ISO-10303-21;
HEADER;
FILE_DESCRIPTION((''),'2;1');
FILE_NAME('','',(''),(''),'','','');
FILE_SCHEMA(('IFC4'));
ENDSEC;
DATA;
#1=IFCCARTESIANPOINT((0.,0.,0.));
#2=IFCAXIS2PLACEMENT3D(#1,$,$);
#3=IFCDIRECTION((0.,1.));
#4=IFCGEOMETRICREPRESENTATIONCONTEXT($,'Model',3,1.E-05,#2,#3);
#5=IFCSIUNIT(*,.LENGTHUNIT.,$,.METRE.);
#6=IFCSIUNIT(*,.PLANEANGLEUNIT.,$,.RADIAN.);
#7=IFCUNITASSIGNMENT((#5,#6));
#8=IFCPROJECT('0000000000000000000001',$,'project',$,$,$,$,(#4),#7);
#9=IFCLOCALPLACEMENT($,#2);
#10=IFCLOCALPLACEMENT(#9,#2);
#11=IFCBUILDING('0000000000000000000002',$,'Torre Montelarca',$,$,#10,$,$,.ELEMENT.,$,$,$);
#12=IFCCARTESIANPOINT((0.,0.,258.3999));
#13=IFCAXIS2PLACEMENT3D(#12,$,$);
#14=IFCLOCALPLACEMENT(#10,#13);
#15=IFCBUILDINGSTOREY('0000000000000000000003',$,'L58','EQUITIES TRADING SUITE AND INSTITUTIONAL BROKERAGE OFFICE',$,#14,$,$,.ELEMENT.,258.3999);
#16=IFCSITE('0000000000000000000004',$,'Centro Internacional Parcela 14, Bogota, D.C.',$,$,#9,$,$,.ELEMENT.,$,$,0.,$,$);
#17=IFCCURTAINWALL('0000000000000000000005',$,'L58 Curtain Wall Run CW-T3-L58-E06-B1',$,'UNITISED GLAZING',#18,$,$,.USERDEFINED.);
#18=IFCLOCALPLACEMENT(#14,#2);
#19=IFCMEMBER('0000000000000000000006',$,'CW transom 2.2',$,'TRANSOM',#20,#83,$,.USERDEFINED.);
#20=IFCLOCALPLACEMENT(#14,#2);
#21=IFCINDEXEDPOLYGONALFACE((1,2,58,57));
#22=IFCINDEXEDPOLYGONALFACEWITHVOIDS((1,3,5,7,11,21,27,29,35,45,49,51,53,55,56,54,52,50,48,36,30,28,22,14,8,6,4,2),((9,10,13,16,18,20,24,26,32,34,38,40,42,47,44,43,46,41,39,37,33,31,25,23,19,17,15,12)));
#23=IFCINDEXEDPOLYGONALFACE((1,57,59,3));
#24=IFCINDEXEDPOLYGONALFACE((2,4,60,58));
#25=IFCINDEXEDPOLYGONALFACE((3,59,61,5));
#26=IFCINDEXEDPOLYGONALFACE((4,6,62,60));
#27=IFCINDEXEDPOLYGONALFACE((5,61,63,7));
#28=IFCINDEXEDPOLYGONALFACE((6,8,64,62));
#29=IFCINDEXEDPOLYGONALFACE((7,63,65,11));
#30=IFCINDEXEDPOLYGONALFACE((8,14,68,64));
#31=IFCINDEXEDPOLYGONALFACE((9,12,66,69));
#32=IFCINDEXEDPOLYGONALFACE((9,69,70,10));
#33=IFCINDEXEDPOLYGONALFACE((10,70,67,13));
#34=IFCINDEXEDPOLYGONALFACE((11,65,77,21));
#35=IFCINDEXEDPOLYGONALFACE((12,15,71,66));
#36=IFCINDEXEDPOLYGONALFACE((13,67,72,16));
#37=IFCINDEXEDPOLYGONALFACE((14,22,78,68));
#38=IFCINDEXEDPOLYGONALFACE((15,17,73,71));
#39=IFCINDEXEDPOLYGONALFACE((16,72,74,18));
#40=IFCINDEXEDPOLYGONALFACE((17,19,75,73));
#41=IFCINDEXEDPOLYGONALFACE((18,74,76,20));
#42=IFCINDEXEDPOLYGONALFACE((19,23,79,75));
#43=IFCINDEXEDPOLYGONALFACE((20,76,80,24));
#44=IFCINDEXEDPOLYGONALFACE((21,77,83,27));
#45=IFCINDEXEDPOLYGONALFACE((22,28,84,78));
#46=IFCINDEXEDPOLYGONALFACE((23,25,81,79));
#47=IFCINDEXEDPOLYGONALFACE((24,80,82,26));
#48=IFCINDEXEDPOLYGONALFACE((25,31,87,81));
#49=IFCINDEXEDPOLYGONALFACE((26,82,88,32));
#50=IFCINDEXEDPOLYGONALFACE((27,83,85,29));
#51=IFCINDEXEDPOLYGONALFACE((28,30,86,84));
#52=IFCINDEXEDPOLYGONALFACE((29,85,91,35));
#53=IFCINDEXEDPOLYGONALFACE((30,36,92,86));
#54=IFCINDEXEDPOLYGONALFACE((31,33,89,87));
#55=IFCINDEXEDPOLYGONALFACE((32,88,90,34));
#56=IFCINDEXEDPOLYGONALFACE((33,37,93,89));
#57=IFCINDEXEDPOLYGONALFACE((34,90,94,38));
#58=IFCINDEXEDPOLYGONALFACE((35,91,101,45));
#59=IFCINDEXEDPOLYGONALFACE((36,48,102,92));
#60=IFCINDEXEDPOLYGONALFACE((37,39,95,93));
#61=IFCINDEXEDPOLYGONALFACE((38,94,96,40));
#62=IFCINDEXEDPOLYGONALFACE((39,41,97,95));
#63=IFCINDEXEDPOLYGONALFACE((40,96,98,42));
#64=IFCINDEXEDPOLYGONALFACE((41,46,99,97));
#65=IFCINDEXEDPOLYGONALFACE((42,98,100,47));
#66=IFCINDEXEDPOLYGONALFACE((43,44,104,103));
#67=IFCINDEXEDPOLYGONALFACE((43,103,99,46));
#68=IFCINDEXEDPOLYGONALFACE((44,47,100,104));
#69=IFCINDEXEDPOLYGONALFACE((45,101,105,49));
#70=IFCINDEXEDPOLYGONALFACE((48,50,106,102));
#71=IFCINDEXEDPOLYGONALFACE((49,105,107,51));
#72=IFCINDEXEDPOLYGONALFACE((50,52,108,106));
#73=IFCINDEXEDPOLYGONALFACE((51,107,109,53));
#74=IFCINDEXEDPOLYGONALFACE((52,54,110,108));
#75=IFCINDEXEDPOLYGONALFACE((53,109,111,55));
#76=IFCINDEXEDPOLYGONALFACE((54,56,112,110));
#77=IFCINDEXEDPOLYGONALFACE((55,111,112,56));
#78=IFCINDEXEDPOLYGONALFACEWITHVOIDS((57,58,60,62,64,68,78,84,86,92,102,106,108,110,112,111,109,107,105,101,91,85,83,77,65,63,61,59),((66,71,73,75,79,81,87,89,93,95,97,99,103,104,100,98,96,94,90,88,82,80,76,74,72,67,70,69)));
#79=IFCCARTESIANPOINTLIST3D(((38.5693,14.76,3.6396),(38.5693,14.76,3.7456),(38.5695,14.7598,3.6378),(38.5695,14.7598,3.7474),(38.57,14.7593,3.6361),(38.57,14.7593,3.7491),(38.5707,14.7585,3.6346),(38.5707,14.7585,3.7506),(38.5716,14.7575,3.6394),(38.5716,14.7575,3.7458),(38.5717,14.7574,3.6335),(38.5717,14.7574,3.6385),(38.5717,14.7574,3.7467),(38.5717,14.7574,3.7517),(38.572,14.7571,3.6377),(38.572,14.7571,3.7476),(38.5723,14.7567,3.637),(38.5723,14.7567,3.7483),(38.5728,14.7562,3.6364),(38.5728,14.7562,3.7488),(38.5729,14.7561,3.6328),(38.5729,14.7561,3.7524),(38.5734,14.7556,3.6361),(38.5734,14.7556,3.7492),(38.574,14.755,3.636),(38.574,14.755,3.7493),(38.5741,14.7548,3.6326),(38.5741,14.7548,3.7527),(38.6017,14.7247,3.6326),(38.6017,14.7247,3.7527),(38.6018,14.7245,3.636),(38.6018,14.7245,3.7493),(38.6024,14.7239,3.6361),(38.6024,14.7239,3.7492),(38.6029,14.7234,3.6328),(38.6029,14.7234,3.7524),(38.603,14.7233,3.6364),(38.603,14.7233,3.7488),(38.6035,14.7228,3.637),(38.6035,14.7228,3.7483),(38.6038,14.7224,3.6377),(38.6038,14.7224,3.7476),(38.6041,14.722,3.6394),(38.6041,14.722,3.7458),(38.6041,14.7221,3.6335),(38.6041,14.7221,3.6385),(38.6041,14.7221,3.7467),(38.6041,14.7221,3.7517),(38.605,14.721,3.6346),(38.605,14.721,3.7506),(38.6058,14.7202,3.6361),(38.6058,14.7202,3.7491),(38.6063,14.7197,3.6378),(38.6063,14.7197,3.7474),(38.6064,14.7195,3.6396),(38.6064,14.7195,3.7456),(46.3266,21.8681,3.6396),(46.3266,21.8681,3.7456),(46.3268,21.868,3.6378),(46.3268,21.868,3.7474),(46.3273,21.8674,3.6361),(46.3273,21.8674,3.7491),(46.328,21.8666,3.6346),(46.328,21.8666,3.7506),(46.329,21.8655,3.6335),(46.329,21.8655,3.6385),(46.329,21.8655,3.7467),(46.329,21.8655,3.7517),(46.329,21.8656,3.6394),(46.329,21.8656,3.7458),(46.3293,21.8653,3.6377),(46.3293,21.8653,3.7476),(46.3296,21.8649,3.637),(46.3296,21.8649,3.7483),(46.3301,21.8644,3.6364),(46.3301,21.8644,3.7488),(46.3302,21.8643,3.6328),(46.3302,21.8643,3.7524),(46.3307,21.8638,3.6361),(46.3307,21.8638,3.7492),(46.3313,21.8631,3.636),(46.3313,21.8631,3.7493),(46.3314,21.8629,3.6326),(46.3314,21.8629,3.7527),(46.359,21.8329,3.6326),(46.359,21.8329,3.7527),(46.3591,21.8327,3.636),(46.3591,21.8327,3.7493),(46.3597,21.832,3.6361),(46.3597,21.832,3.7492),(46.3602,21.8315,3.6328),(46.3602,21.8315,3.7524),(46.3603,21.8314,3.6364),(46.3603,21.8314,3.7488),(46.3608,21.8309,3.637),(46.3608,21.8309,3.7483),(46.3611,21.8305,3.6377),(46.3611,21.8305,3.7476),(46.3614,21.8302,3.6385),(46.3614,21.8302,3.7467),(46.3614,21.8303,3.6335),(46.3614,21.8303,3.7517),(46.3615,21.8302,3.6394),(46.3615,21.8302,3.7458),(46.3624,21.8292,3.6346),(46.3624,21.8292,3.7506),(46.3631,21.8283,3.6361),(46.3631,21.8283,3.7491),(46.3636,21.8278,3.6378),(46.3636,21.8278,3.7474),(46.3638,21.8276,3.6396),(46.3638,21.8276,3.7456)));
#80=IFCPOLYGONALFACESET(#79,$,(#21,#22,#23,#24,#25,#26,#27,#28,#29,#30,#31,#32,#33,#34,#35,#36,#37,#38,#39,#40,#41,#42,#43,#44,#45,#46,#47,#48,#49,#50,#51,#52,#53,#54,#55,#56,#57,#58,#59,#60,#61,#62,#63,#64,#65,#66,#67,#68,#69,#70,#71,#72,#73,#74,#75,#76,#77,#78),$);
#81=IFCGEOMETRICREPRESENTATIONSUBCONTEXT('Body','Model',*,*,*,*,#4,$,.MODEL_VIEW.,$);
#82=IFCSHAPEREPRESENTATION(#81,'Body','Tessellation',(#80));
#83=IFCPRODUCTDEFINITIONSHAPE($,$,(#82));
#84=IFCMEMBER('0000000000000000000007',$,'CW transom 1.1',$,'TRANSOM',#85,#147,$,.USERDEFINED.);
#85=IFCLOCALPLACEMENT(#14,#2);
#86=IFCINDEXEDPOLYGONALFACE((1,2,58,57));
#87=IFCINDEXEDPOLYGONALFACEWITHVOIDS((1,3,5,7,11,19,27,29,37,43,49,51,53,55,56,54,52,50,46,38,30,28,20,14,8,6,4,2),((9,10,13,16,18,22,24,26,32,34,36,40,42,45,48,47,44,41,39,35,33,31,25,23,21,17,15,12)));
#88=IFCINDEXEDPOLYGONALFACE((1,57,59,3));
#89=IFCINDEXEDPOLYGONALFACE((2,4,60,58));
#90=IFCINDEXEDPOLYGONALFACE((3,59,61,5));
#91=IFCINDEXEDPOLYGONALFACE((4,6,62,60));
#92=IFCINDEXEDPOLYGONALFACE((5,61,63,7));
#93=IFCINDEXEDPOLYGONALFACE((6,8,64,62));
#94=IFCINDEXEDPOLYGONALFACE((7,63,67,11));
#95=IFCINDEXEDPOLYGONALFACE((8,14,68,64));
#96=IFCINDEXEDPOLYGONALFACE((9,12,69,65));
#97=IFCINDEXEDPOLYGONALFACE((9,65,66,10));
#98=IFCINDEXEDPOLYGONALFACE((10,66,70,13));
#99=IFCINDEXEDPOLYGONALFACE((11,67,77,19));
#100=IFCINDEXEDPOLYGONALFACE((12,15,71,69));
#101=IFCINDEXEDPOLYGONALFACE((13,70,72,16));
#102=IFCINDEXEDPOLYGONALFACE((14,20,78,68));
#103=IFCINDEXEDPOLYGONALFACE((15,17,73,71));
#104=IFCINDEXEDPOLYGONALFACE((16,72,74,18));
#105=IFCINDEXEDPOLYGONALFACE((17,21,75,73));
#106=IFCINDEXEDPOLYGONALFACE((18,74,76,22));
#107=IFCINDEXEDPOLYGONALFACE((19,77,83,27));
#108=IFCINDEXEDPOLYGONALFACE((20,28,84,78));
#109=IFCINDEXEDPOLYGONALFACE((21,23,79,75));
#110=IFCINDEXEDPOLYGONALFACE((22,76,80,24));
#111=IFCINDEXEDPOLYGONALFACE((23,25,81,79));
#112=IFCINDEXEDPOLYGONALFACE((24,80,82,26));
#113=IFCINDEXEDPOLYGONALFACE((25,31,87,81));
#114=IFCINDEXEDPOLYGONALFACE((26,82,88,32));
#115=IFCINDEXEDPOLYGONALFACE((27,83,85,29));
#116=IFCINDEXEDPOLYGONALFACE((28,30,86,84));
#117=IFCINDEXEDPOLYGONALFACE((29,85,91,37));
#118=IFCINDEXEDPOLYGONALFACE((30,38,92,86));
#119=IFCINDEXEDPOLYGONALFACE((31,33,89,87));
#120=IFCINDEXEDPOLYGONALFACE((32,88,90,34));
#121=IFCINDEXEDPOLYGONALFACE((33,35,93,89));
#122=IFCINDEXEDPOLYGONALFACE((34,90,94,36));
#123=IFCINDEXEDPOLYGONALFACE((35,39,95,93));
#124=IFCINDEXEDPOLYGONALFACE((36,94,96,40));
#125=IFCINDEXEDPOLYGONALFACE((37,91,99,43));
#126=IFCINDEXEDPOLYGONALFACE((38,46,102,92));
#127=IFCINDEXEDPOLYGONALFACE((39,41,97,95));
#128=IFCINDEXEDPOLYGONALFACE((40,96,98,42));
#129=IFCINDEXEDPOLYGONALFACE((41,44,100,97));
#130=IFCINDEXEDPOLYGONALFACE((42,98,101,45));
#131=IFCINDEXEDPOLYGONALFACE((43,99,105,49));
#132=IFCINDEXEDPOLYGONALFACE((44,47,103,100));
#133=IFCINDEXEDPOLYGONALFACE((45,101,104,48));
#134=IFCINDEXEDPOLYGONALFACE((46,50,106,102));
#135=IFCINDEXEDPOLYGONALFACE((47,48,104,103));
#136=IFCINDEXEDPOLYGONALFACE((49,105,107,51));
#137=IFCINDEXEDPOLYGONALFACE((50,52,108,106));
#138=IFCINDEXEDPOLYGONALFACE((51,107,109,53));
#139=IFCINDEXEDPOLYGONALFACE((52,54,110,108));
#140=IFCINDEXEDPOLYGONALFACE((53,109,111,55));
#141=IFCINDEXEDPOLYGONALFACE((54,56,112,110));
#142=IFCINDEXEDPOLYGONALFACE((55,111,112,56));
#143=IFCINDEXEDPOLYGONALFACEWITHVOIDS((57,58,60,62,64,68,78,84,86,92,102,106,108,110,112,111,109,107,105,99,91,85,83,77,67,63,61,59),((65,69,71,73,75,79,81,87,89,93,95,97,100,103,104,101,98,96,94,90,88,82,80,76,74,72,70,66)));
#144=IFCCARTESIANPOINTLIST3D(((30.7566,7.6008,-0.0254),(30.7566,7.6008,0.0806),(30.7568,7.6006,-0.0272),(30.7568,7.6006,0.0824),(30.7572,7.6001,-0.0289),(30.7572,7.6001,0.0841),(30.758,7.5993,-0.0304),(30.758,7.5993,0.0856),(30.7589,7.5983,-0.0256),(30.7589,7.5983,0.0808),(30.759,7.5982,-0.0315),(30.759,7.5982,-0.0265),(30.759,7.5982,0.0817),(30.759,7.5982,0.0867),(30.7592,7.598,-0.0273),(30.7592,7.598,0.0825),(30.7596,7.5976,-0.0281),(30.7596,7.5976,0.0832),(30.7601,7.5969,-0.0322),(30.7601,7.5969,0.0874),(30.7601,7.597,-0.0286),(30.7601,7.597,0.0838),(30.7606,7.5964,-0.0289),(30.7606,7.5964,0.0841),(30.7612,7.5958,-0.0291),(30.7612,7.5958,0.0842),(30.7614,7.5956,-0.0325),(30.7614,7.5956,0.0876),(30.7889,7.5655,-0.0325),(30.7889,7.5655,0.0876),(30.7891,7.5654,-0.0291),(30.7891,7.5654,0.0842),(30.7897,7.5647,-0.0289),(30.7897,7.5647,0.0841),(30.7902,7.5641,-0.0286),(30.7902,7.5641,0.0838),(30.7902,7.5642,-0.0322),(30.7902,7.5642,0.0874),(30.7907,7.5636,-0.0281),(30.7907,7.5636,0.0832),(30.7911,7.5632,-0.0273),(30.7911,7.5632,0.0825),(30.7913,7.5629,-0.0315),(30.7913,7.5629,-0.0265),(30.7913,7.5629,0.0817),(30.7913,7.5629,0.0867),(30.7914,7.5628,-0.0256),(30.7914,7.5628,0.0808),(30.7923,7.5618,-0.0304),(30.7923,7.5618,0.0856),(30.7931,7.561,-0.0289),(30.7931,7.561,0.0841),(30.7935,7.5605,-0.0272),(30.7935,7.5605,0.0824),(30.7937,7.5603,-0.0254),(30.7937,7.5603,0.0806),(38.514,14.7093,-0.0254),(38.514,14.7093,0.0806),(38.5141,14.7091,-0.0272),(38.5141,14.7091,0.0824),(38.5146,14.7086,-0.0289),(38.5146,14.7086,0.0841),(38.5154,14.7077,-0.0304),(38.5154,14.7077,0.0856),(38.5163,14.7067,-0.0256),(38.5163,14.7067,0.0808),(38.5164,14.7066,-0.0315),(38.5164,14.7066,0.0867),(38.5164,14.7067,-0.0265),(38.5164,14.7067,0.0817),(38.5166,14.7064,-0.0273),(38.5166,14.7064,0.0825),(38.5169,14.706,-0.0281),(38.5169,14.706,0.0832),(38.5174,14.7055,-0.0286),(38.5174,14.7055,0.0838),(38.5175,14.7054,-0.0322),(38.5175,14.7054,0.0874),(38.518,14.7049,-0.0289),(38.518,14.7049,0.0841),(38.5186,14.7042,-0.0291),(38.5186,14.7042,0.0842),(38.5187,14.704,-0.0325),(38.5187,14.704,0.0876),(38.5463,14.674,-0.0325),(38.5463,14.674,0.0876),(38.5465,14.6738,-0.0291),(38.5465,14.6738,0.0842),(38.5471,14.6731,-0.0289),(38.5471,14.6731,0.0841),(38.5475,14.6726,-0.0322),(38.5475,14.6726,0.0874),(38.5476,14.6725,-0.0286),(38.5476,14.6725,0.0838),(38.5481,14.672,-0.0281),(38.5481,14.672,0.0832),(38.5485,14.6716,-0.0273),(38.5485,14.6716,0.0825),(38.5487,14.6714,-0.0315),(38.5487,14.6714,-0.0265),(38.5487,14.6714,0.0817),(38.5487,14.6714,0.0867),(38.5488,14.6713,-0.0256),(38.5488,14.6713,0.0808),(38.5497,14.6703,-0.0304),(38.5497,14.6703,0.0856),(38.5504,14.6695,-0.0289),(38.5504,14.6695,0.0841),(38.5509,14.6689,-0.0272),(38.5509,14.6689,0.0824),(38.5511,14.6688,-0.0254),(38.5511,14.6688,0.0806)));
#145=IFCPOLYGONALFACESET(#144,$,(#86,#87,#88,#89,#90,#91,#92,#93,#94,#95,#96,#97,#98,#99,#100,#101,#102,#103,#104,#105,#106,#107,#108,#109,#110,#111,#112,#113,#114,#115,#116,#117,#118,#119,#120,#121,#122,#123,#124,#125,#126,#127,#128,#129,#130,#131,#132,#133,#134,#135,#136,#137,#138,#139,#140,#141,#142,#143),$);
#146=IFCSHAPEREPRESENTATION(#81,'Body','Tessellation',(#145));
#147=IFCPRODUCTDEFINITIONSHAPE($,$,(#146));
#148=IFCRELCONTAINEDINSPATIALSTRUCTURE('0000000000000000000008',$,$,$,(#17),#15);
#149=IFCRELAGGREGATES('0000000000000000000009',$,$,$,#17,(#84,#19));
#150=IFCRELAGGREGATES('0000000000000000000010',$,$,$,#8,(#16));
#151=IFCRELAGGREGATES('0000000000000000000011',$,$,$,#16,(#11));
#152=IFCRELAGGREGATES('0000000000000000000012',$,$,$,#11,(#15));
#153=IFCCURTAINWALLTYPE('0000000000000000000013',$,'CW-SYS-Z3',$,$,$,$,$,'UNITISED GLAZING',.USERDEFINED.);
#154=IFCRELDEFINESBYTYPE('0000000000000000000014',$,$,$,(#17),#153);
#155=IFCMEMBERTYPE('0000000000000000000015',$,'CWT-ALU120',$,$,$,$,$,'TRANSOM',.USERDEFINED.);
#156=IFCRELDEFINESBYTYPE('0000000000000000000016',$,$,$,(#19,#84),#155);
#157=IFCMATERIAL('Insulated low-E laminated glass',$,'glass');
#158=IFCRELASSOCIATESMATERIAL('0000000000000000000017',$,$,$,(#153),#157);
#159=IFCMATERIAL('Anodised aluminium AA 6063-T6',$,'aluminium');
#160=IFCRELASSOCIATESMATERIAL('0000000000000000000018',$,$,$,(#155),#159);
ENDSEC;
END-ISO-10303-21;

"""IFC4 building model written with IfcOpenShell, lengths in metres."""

from ifc_helpers import new_model, si_unit, direction, frame, origin, origin_2d, place, context, subcontext, project, spatial, hollow_rectangle, extrude, source, transform, mapped, material, material_profile, profile_set, type_object, element, aggregate, save


model = new_model("IFC4")

# Units and contexts
model_context = context("Model", 3, precision=1e-05, world=origin(), true_north=direction((0.0, 1.0)))
body_context = subcontext(model_context, "Body", "Model", "MODEL_VIEW")
ifc_project = project(units=[si_unit("LENGTHUNIT", "METRE"), si_unit("PLANEANGLEUNIT", "RADIAN")], contexts=[model_context])

# Site, building, storey
site_placement = place(None, origin())
site = spatial("IfcSite", under=ifc_project, at=site_placement, Name="Centro Internacional Parcela 14, Bogota, D.C.", CompositionType="ELEMENT", RefElevation=0.0)
building_placement = place(site_placement, origin())
building = spatial("IfcBuilding", under=site, at=building_placement, Name="Torre Montelarca", CompositionType="ELEMENT")
storey_placement = place(building_placement, frame((0.0, 0.0, 258.3999)))
storey = spatial("IfcBuildingStorey", under=building, at=storey_placement, Name="L58", Description="EQUITIES TRADING SUITE AND INSTITUTIONAL BROKERAGE OFFICE", CompositionType="ELEMENT", Elevation=258.3999)

# Curtain wall, members
ifc_material_1 = material(Name="Insulated low-E laminated glass", Category="glass")
curtain_wall_type = type_object("IfcCurtainWallType", Name="CW-SYS-Z3", ElementType="UNITISED GLAZING", PredefinedType="USERDEFINED", material=ifc_material_1)
ifc_material_2 = material(Name="Anodised aluminium AA 6063-T6", Category="aluminium")
ifc_material_profile_1 = material_profile(ifc_material_2, hollow_rectangle(XDim=0.0549, YDim=0.1201, WallThickness=0.0034, InnerFilletRadius=0.0034, OuterFilletRadius=0.0071, at=origin_2d()), Name="ALU55X120X3.5", Category="aluminium")
ifc_profile_set_1 = profile_set([ifc_material_profile_1], Name="Anodised aluminium AA 6063-T6")
member_type_1 = type_object("IfcMemberType", Name="CWT-ALU120", ElementType="TRANSOM", PredefinedType="USERDEFINED", material=ifc_profile_set_1)
curtain_wall_1_placement = place(storey_placement, origin())
curtain_wall_1 = element("IfcCurtainWall", 1, at=curtain_wall_1_placement, inside=storey, type_object=curtain_wall_type, Name="L58 Curtain Wall Run CW-T3-L58-E06-B1", ObjectType="UNITISED GLAZING", PredefinedType="USERDEFINED")
shared_shape_1 = source(origin(), body_context, "Body", "SweptSolid", [
    extrude(hollow_rectangle(XDim=0.0549, YDim=0.1201, WallThickness=0.0034, InnerFilletRadius=0.0034, OuterFilletRadius=0.0071, at=origin_2d()), origin(), (0.0, 0.0, 1.0), 10.5215),
])
member_1_placement = place(storey_placement, frame((38.5879, 14.7397, 3.6926), z_axis=(0.737283, 0.675584, 0.0), x_axis=(-0.675584, 0.737283, 0.0)))
member_1 = element("IfcMember", 2, at=member_1_placement, type_object=member_type_1, Name="CW transom 2.2", ObjectType="TRANSOM", PredefinedType="USERDEFINED", context=body_context, shape_type="MappedRepresentation", body=[
    mapped(shared_shape_1, transform((0.0, 0.0, 0.0), scale=1.0)),
])
shared_shape_2 = source(origin(), body_context, "Body", "SweptSolid", [
    extrude(hollow_rectangle(XDim=0.0549, YDim=0.1201, WallThickness=0.0034, InnerFilletRadius=0.0034, OuterFilletRadius=0.0071, at=origin_2d()), origin(), (0.0, 0.0, 1.0), 10.5217),
])
member_2_placement = place(storey_placement, frame((30.7751, 7.5806, 0.0276), z_axis=(0.737272, 0.675596, 0.0), x_axis=(-0.675596, 0.737272, 0.0)))
member_2 = element("IfcMember", 3, at=member_2_placement, type_object=member_type_1, Name="CW transom 1.1", ObjectType="TRANSOM", PredefinedType="USERDEFINED", context=body_context, shape_type="MappedRepresentation", body=[
    mapped(shared_shape_2, transform((0.0, 0.0, 0.0), scale=1.0)),
])

aggregate(curtain_wall_1, [member_2, member_1])

save(model, "model.ifc")
